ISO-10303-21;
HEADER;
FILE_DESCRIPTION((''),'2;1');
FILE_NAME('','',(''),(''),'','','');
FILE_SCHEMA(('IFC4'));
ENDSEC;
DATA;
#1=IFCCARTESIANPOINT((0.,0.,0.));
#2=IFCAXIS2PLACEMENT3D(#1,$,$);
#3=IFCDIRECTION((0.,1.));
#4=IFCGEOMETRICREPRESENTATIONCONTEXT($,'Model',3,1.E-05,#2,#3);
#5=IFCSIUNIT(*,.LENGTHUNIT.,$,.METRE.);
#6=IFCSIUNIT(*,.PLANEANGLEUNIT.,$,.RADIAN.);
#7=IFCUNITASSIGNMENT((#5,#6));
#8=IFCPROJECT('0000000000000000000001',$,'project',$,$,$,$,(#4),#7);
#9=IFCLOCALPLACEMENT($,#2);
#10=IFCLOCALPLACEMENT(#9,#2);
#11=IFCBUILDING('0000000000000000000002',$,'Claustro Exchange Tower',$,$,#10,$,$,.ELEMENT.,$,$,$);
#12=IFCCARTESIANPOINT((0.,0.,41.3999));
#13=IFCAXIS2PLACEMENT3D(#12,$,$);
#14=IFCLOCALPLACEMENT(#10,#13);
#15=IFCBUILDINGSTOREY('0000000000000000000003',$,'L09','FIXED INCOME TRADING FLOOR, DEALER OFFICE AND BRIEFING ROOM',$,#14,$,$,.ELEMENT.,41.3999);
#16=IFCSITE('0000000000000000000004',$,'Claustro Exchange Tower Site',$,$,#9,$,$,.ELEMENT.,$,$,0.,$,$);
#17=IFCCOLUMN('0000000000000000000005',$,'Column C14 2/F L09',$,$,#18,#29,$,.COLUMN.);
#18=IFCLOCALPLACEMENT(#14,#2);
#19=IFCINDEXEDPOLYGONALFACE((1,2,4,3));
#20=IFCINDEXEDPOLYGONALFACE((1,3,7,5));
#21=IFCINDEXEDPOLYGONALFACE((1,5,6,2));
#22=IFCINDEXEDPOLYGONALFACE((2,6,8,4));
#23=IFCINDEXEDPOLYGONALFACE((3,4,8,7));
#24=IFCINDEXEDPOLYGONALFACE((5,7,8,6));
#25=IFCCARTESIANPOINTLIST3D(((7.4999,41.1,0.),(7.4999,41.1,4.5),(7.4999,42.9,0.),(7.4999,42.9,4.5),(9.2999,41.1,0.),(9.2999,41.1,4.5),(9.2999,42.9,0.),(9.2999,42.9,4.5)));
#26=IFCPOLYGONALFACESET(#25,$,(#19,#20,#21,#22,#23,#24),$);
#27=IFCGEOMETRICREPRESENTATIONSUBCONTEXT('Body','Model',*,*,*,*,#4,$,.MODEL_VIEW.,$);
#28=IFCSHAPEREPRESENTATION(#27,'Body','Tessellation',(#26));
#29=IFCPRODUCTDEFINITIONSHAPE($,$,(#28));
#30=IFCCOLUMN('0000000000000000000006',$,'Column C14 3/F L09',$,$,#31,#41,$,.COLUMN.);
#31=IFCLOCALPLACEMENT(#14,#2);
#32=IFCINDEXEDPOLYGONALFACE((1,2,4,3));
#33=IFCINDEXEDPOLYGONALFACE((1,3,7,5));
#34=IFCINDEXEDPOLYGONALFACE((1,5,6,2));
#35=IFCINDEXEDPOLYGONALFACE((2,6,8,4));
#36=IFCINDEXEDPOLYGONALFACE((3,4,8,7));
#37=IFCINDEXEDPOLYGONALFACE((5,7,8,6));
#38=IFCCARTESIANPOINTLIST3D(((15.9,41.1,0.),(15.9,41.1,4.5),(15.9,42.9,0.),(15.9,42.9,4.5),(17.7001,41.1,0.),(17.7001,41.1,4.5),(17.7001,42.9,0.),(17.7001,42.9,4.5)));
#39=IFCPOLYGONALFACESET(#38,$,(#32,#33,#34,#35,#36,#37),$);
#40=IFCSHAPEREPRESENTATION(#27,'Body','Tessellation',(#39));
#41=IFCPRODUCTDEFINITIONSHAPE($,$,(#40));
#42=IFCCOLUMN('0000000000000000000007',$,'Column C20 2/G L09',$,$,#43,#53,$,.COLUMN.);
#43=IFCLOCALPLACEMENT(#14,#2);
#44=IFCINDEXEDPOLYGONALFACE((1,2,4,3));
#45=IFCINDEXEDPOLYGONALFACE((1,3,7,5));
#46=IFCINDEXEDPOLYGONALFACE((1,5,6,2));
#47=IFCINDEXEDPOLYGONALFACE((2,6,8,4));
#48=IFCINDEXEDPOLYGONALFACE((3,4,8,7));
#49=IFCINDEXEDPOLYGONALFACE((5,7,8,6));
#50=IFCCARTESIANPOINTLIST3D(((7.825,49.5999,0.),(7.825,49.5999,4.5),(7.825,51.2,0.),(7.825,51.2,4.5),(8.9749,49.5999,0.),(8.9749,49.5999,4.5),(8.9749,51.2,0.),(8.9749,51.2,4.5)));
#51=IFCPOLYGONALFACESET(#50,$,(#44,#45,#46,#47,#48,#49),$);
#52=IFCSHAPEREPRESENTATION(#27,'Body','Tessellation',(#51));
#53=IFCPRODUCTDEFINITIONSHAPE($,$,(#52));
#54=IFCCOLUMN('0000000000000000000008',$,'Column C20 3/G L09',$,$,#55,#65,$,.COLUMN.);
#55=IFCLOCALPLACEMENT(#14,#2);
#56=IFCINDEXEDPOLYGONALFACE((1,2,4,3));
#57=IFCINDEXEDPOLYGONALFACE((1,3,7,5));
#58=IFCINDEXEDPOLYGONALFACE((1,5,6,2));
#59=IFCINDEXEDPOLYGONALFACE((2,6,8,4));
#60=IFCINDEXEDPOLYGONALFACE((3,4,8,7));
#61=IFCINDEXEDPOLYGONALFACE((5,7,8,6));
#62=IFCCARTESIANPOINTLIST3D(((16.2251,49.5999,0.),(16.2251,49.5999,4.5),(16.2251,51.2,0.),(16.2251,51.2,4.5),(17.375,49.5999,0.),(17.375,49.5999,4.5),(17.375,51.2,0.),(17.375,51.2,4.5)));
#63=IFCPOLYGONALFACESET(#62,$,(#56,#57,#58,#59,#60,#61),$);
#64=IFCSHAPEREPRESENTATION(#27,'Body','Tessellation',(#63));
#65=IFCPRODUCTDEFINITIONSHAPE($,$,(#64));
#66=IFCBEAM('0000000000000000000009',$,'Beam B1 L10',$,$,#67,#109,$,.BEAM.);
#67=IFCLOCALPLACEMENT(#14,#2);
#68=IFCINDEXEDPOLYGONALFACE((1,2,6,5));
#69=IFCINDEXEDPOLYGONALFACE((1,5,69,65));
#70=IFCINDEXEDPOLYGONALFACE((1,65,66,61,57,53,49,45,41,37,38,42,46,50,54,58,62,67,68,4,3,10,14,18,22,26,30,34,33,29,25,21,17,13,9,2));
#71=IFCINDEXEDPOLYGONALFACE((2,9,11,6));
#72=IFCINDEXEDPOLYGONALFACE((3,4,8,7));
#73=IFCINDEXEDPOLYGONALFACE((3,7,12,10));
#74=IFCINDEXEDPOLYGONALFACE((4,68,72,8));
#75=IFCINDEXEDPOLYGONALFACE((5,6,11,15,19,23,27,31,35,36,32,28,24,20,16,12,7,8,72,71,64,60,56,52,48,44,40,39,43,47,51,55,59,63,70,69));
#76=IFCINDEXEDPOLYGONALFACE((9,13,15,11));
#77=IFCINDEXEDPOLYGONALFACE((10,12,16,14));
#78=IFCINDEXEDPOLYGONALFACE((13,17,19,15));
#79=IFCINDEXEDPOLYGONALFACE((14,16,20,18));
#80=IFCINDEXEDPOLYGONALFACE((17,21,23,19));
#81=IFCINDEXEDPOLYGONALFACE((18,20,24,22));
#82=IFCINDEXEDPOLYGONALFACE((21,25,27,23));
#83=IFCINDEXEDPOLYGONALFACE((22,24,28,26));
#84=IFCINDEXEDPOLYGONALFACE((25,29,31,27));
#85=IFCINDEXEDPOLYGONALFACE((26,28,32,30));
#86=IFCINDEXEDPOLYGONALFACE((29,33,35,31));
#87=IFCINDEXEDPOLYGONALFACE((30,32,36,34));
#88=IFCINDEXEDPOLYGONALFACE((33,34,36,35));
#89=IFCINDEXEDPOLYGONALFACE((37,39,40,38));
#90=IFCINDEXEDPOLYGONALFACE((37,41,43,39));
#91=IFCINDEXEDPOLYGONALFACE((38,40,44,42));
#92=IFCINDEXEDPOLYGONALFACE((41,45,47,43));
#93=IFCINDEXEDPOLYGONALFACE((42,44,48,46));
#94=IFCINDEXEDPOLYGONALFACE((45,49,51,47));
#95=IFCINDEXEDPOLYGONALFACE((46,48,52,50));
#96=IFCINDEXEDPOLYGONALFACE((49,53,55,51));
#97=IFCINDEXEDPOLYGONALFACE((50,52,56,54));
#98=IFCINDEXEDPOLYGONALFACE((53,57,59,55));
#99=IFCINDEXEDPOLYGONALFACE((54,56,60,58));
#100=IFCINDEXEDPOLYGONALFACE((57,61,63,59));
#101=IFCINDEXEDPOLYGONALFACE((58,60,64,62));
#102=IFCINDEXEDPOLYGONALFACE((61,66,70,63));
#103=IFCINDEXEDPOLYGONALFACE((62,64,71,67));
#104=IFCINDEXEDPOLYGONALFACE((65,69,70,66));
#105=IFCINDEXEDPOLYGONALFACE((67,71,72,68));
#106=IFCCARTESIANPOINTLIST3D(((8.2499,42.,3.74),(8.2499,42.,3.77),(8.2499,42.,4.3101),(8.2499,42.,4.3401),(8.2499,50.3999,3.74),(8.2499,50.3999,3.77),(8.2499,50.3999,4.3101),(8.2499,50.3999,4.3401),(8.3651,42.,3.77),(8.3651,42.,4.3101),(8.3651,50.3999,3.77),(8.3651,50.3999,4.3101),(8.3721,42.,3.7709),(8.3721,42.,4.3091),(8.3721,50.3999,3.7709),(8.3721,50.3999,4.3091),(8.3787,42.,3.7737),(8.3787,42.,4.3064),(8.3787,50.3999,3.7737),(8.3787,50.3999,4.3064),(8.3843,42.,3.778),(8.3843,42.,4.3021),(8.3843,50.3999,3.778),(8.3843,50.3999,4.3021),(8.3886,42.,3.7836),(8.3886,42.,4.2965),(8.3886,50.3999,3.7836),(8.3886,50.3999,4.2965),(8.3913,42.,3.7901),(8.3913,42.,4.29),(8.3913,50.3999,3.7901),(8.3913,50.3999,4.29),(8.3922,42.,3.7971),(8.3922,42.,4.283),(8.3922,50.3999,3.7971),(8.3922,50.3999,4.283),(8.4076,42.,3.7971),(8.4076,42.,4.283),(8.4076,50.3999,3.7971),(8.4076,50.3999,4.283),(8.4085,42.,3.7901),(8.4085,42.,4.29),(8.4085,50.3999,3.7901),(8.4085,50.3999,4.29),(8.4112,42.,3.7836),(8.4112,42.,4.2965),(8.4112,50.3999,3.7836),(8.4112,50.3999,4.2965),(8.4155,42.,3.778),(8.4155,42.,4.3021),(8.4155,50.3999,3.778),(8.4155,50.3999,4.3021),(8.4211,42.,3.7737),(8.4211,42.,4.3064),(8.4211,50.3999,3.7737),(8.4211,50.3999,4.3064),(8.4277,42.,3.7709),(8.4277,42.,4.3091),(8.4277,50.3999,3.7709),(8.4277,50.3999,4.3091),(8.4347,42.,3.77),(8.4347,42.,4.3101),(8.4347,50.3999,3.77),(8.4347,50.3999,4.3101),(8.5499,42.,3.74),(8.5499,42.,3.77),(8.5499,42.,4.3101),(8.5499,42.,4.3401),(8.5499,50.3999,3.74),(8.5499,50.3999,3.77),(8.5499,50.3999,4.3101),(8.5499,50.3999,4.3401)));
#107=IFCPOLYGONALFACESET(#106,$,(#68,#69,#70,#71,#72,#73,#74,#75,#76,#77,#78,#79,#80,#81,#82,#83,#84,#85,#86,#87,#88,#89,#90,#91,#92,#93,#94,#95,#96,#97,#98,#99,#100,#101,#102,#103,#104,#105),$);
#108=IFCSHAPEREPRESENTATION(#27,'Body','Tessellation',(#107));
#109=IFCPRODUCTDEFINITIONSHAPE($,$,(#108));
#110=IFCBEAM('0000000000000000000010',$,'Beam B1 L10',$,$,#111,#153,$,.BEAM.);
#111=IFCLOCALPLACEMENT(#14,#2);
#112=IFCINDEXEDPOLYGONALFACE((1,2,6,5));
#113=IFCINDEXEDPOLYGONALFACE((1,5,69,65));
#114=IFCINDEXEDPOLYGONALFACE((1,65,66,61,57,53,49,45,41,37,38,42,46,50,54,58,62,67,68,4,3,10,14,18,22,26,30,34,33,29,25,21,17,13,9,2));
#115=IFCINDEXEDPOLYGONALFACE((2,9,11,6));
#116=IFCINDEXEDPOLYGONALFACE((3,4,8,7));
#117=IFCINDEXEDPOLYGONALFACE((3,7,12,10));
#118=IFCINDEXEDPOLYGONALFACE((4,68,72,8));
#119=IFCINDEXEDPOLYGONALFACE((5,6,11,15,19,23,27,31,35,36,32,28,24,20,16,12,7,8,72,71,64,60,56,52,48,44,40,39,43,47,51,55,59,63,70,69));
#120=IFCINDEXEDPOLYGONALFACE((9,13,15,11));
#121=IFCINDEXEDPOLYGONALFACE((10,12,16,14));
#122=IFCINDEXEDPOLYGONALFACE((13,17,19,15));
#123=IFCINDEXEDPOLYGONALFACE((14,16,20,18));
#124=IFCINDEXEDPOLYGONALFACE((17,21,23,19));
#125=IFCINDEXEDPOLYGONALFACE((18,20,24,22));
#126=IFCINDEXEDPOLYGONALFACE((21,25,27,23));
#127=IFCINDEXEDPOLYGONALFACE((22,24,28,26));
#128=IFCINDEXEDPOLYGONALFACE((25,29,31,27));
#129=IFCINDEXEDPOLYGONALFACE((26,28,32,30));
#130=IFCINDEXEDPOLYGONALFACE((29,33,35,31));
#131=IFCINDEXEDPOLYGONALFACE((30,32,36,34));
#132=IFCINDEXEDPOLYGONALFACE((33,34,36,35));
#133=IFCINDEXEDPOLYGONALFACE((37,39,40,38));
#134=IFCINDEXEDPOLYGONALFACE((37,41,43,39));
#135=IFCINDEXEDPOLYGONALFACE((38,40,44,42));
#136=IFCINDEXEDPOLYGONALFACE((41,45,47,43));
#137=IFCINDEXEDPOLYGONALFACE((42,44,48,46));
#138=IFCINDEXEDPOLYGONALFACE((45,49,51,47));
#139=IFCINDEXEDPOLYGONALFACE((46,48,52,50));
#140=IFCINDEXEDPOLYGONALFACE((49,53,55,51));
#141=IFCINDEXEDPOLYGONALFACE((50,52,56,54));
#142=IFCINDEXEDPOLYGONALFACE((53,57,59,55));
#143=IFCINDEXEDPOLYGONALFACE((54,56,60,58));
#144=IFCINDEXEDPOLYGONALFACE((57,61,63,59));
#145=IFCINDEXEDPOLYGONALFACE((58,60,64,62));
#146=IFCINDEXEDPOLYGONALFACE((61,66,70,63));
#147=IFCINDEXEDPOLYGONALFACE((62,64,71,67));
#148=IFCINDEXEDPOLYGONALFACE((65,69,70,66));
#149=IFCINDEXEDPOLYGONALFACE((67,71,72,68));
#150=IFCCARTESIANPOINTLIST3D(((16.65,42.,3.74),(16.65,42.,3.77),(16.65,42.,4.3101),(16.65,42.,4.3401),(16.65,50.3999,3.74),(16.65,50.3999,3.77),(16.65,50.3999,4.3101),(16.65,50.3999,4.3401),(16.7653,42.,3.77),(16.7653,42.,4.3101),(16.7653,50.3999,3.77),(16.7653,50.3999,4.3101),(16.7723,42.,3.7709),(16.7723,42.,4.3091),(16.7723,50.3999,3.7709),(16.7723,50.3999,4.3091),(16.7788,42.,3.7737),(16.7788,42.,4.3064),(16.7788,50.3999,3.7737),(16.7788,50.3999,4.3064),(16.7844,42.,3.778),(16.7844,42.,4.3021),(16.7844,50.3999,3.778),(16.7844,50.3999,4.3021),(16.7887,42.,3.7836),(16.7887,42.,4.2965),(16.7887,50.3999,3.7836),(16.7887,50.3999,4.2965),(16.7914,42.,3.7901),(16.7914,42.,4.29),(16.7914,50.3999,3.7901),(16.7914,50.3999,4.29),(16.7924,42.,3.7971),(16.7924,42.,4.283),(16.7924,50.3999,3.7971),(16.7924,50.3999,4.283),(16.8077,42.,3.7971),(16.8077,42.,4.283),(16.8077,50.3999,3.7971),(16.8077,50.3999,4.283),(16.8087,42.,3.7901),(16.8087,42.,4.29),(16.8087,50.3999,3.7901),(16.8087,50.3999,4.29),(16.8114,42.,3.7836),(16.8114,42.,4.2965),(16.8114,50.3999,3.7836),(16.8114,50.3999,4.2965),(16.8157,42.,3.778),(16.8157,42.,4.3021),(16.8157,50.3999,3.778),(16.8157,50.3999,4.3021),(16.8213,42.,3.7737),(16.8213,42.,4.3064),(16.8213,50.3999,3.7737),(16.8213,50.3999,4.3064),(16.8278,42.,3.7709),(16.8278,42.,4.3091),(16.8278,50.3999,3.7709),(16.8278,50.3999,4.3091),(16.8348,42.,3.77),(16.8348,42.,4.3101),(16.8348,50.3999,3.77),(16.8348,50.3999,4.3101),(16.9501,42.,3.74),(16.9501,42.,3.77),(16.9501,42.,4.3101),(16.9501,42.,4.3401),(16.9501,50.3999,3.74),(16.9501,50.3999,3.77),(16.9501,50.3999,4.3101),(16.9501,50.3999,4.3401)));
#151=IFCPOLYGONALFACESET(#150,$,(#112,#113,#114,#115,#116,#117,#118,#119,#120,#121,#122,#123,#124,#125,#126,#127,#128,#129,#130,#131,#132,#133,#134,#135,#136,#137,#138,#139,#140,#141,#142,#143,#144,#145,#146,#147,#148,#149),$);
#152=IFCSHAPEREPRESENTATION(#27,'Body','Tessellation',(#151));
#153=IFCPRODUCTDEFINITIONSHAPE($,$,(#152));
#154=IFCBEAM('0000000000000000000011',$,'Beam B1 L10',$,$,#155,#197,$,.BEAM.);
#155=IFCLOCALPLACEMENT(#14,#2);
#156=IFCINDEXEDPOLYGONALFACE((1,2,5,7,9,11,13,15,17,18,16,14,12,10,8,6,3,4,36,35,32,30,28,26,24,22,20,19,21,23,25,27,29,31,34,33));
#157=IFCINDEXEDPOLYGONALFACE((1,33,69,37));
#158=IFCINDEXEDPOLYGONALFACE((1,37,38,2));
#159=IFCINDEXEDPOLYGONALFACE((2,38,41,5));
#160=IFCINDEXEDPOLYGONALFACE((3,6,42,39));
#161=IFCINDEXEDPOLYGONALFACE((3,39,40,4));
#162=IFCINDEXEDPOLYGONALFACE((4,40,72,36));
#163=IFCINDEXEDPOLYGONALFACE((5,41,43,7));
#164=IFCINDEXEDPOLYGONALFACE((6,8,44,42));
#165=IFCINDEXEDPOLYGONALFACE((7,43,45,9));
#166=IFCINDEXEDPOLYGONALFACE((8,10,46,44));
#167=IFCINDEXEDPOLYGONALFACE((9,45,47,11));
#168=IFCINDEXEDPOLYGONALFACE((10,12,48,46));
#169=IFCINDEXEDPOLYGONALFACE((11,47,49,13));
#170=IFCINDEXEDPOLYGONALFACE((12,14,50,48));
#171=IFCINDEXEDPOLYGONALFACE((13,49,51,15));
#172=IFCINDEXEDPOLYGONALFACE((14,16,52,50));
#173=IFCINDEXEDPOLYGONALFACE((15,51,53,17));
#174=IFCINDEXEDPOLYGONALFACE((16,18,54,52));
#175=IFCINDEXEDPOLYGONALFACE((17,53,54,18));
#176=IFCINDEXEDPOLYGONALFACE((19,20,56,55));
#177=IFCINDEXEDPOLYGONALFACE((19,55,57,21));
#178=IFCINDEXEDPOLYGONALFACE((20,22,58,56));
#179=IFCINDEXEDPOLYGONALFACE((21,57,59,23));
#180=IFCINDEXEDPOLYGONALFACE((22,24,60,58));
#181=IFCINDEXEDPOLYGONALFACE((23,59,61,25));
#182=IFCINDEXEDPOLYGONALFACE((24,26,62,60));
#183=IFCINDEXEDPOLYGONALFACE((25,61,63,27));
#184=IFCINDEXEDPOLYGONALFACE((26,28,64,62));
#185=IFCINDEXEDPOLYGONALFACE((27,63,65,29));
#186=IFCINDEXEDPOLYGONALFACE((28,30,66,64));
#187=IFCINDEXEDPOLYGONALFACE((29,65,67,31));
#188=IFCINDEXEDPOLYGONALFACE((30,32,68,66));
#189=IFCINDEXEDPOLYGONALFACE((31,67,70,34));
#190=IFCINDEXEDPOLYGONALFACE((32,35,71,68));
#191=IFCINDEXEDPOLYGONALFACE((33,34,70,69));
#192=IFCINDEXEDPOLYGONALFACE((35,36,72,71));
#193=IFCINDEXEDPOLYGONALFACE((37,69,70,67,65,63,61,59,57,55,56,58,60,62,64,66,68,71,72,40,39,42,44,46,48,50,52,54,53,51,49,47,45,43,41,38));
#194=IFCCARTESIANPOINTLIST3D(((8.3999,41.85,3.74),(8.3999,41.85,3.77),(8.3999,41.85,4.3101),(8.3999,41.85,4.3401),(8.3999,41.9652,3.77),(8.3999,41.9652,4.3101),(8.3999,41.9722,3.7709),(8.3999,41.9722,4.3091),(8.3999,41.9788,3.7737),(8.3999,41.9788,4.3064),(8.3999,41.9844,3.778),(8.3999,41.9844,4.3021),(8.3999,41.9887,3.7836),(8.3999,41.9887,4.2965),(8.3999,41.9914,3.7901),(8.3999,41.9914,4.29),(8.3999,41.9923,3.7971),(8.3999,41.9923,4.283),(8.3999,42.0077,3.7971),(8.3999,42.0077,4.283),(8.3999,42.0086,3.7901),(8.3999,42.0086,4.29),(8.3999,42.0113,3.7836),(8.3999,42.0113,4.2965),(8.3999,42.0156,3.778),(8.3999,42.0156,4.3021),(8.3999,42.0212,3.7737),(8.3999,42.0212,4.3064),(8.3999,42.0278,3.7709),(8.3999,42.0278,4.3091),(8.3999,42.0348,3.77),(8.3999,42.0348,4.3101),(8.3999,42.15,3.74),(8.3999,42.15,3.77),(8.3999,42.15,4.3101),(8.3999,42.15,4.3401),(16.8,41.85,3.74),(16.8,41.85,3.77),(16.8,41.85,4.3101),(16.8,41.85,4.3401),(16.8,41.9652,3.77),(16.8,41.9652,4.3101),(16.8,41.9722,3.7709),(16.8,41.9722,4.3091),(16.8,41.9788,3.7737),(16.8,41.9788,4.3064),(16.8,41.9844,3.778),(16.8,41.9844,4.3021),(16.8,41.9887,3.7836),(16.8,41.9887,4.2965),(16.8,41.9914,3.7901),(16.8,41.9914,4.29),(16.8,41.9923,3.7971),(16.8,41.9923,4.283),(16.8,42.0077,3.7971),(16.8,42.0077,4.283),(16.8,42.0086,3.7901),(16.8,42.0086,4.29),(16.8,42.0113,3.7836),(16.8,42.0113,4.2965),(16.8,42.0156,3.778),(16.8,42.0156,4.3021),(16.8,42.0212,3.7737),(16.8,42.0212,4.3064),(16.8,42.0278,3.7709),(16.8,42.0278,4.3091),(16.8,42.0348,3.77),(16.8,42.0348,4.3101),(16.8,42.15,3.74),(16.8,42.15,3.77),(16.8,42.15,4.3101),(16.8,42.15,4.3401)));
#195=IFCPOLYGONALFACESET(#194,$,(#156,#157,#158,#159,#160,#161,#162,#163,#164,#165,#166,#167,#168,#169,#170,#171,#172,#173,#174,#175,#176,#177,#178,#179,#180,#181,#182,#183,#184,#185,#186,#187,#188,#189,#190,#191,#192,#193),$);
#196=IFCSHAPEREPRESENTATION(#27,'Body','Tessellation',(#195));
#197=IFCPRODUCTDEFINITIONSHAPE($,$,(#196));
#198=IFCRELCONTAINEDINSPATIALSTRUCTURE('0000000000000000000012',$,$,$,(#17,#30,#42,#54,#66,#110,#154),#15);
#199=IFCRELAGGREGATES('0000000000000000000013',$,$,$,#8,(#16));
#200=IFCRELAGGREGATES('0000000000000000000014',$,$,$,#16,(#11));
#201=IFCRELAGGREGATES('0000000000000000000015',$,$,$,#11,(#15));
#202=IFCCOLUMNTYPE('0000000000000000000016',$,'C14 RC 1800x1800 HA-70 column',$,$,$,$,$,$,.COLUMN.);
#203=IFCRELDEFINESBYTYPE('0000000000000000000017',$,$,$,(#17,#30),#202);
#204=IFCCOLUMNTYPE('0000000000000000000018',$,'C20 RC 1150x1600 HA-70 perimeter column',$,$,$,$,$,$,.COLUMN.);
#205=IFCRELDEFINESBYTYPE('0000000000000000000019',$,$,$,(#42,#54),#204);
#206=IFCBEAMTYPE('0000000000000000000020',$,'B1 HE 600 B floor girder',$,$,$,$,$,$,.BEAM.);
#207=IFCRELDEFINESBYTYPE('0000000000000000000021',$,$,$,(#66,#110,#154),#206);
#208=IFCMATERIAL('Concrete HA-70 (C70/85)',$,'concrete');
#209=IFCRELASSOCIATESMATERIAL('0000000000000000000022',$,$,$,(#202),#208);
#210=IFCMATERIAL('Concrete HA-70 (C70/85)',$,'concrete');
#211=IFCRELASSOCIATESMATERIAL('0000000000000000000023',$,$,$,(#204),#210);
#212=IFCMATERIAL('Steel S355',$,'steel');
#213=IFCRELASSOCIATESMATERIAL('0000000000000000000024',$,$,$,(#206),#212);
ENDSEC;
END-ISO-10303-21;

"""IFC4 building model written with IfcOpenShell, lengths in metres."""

from ifc_helpers import new_model, si_unit, direction, frame, origin, origin_2d, place, context, subcontext, project, spatial, rectangle, i_section, extrude, material, material_profile, profile_set, type_object, element, save


model = new_model("IFC4")

# Units and contexts
model_context = context("Model", 3, precision=1e-05, world=origin(), true_north=direction((0.0, 1.0)))
body_context = subcontext(model_context, "Body", "Model", "MODEL_VIEW")
ifc_project = project(units=[si_unit("LENGTHUNIT", "METRE"), si_unit("PLANEANGLEUNIT", "RADIAN")], contexts=[model_context])

# Site, building, storey
site_placement = place(None, origin())
site = spatial("IfcSite", under=ifc_project, at=site_placement, Name="Claustro Exchange Tower Site", CompositionType="ELEMENT", RefElevation=0.0)
building_placement = place(site_placement, origin())
building = spatial("IfcBuilding", under=site, at=building_placement, Name="Claustro Exchange Tower", CompositionType="ELEMENT")
storey_placement = place(building_placement, frame((0.0, 0.0, 41.3999)))
storey = spatial("IfcBuildingStorey", under=building, at=storey_placement, Name="L09", Description="FIXED INCOME TRADING FLOOR, DEALER OFFICE AND BRIEFING ROOM", CompositionType="ELEMENT", Elevation=41.3999)

# Columns
ifc_material_1 = material(Name="Concrete HA-70 (C70/85)", Category="concrete")
ifc_material_profile_1 = material_profile(ifc_material_1, rectangle(XDim=1.8, YDim=1.8, at=origin_2d()), Name="RC 1800x1800")
ifc_profile_set_1 = profile_set([ifc_material_profile_1], Name="Concrete HA-70 (C70/85)")
column_type_1 = type_object("IfcColumnType", Name="C14 RC 1800x1800 HA-70 column", PredefinedType="COLUMN", material=ifc_profile_set_1)
for number, where, z_axis, x_axis, name in (
    (1, (8.3999, 42.0, 0.0), (0.0, 0.0, 1.0), (1.0, 0.0, 0.0), "Column C14 2/F L09"),
    (2, (16.8, 42.0, 0.0), (0.0, 0.0, 1.0), (1.0, 0.0, 0.0), "Column C14 3/F L09"),
):
    element("IfcColumn", number, at=place(storey_placement, frame(where, z_axis=z_axis, x_axis=x_axis)), inside=storey, type_object=column_type_1, Name=name, PredefinedType="COLUMN", context=body_context, shape_type="SweptSolid", body=[
        extrude(rectangle(XDim=1.8, YDim=1.8, at=origin_2d()), origin(), (0.0, 0.0, 1.0), 4.5),
    ])
ifc_material_2 = material(Name="Concrete HA-70 (C70/85)", Category="concrete")
ifc_material_profile_2 = material_profile(ifc_material_2, rectangle(XDim=1.1499, YDim=1.6001, at=origin_2d()), Name="RC 1150x1600")
ifc_profile_set_2 = profile_set([ifc_material_profile_2], Name="Concrete HA-70 (C70/85)")
column_type_2 = type_object("IfcColumnType", Name="C20 RC 1150x1600 HA-70 perimeter column", PredefinedType="COLUMN", material=ifc_profile_set_2)
for number, where, z_axis, x_axis, name in (
    (3, (8.3999, 50.3999, 0.0), (0.0, 0.0, 1.0), (1.0, 0.0, 0.0), "Column C20 2/G L09"),
    (4, (16.8, 50.3999, 0.0), (0.0, 0.0, 1.0), (1.0, 0.0, 0.0), "Column C20 3/G L09"),
):
    element("IfcColumn", number, at=place(storey_placement, frame(where, z_axis=z_axis, x_axis=x_axis)), inside=storey, type_object=column_type_2, Name=name, PredefinedType="COLUMN", context=body_context, shape_type="SweptSolid", body=[
        extrude(rectangle(XDim=1.1499, YDim=1.6001, at=origin_2d()), origin(), (0.0, 0.0, 1.0), 4.5),
    ])

# Beams
ifc_material_3 = material(Name="Steel S355", Category="steel")
ifc_material_profile_3 = material_profile(ifc_material_3, i_section(OverallWidth=0.3, OverallDepth=0.6001, WebThickness=0.0154, FlangeThickness=0.03, FilletRadius=0.0271, at=origin_2d()), Name="HE 600 B")
ifc_profile_set_3 = profile_set([ifc_material_profile_3], Name="Steel S355")
beam_type_1 = type_object("IfcBeamType", Name="B1 HE 600 B floor girder", PredefinedType="BEAM", material=ifc_profile_set_3)
for number, where, z_axis, x_axis, name in (
    (5, (8.3999, 42.0, 4.04), (0.0, 1.0, 0.0), (-1.0, 0.0, 0.0), "Beam B1 L10"),
    (6, (16.8, 42.0, 4.04), (0.0, 1.0, 0.0), (-1.0, 0.0, 0.0), "Beam B1 L10"),
):
    element("IfcBeam", number, at=place(storey_placement, frame(where, z_axis=z_axis, x_axis=x_axis)), inside=storey, type_object=beam_type_1, Name=name, PredefinedType="BEAM", context=body_context, shape_type="SweptSolid", body=[
        extrude(i_section(OverallWidth=0.3, OverallDepth=0.6001, WebThickness=0.0154, FlangeThickness=0.03, FilletRadius=0.0271, at=origin_2d()), origin(), (0.0, 0.0, 1.0), 8.3999),
    ])
beam_1_placement = place(storey_placement, frame((8.3999, 42.0, 4.04), z_axis=(1.0, 0.0, 0.0), x_axis=(0.0, 1.0, 0.0)))
element("IfcBeam", 7, at=beam_1_placement, inside=storey, type_object=beam_type_1, Name="Beam B1 L10", PredefinedType="BEAM", context=body_context, shape_type="SweptSolid", body=[
    extrude(i_section(OverallWidth=0.3, OverallDepth=0.6001, WebThickness=0.0154, FlangeThickness=0.03, FilletRadius=0.0271, at=origin_2d()), origin(), (0.0, 0.0, 1.0), 8.4001),
])

save(model, "model.ifc")
